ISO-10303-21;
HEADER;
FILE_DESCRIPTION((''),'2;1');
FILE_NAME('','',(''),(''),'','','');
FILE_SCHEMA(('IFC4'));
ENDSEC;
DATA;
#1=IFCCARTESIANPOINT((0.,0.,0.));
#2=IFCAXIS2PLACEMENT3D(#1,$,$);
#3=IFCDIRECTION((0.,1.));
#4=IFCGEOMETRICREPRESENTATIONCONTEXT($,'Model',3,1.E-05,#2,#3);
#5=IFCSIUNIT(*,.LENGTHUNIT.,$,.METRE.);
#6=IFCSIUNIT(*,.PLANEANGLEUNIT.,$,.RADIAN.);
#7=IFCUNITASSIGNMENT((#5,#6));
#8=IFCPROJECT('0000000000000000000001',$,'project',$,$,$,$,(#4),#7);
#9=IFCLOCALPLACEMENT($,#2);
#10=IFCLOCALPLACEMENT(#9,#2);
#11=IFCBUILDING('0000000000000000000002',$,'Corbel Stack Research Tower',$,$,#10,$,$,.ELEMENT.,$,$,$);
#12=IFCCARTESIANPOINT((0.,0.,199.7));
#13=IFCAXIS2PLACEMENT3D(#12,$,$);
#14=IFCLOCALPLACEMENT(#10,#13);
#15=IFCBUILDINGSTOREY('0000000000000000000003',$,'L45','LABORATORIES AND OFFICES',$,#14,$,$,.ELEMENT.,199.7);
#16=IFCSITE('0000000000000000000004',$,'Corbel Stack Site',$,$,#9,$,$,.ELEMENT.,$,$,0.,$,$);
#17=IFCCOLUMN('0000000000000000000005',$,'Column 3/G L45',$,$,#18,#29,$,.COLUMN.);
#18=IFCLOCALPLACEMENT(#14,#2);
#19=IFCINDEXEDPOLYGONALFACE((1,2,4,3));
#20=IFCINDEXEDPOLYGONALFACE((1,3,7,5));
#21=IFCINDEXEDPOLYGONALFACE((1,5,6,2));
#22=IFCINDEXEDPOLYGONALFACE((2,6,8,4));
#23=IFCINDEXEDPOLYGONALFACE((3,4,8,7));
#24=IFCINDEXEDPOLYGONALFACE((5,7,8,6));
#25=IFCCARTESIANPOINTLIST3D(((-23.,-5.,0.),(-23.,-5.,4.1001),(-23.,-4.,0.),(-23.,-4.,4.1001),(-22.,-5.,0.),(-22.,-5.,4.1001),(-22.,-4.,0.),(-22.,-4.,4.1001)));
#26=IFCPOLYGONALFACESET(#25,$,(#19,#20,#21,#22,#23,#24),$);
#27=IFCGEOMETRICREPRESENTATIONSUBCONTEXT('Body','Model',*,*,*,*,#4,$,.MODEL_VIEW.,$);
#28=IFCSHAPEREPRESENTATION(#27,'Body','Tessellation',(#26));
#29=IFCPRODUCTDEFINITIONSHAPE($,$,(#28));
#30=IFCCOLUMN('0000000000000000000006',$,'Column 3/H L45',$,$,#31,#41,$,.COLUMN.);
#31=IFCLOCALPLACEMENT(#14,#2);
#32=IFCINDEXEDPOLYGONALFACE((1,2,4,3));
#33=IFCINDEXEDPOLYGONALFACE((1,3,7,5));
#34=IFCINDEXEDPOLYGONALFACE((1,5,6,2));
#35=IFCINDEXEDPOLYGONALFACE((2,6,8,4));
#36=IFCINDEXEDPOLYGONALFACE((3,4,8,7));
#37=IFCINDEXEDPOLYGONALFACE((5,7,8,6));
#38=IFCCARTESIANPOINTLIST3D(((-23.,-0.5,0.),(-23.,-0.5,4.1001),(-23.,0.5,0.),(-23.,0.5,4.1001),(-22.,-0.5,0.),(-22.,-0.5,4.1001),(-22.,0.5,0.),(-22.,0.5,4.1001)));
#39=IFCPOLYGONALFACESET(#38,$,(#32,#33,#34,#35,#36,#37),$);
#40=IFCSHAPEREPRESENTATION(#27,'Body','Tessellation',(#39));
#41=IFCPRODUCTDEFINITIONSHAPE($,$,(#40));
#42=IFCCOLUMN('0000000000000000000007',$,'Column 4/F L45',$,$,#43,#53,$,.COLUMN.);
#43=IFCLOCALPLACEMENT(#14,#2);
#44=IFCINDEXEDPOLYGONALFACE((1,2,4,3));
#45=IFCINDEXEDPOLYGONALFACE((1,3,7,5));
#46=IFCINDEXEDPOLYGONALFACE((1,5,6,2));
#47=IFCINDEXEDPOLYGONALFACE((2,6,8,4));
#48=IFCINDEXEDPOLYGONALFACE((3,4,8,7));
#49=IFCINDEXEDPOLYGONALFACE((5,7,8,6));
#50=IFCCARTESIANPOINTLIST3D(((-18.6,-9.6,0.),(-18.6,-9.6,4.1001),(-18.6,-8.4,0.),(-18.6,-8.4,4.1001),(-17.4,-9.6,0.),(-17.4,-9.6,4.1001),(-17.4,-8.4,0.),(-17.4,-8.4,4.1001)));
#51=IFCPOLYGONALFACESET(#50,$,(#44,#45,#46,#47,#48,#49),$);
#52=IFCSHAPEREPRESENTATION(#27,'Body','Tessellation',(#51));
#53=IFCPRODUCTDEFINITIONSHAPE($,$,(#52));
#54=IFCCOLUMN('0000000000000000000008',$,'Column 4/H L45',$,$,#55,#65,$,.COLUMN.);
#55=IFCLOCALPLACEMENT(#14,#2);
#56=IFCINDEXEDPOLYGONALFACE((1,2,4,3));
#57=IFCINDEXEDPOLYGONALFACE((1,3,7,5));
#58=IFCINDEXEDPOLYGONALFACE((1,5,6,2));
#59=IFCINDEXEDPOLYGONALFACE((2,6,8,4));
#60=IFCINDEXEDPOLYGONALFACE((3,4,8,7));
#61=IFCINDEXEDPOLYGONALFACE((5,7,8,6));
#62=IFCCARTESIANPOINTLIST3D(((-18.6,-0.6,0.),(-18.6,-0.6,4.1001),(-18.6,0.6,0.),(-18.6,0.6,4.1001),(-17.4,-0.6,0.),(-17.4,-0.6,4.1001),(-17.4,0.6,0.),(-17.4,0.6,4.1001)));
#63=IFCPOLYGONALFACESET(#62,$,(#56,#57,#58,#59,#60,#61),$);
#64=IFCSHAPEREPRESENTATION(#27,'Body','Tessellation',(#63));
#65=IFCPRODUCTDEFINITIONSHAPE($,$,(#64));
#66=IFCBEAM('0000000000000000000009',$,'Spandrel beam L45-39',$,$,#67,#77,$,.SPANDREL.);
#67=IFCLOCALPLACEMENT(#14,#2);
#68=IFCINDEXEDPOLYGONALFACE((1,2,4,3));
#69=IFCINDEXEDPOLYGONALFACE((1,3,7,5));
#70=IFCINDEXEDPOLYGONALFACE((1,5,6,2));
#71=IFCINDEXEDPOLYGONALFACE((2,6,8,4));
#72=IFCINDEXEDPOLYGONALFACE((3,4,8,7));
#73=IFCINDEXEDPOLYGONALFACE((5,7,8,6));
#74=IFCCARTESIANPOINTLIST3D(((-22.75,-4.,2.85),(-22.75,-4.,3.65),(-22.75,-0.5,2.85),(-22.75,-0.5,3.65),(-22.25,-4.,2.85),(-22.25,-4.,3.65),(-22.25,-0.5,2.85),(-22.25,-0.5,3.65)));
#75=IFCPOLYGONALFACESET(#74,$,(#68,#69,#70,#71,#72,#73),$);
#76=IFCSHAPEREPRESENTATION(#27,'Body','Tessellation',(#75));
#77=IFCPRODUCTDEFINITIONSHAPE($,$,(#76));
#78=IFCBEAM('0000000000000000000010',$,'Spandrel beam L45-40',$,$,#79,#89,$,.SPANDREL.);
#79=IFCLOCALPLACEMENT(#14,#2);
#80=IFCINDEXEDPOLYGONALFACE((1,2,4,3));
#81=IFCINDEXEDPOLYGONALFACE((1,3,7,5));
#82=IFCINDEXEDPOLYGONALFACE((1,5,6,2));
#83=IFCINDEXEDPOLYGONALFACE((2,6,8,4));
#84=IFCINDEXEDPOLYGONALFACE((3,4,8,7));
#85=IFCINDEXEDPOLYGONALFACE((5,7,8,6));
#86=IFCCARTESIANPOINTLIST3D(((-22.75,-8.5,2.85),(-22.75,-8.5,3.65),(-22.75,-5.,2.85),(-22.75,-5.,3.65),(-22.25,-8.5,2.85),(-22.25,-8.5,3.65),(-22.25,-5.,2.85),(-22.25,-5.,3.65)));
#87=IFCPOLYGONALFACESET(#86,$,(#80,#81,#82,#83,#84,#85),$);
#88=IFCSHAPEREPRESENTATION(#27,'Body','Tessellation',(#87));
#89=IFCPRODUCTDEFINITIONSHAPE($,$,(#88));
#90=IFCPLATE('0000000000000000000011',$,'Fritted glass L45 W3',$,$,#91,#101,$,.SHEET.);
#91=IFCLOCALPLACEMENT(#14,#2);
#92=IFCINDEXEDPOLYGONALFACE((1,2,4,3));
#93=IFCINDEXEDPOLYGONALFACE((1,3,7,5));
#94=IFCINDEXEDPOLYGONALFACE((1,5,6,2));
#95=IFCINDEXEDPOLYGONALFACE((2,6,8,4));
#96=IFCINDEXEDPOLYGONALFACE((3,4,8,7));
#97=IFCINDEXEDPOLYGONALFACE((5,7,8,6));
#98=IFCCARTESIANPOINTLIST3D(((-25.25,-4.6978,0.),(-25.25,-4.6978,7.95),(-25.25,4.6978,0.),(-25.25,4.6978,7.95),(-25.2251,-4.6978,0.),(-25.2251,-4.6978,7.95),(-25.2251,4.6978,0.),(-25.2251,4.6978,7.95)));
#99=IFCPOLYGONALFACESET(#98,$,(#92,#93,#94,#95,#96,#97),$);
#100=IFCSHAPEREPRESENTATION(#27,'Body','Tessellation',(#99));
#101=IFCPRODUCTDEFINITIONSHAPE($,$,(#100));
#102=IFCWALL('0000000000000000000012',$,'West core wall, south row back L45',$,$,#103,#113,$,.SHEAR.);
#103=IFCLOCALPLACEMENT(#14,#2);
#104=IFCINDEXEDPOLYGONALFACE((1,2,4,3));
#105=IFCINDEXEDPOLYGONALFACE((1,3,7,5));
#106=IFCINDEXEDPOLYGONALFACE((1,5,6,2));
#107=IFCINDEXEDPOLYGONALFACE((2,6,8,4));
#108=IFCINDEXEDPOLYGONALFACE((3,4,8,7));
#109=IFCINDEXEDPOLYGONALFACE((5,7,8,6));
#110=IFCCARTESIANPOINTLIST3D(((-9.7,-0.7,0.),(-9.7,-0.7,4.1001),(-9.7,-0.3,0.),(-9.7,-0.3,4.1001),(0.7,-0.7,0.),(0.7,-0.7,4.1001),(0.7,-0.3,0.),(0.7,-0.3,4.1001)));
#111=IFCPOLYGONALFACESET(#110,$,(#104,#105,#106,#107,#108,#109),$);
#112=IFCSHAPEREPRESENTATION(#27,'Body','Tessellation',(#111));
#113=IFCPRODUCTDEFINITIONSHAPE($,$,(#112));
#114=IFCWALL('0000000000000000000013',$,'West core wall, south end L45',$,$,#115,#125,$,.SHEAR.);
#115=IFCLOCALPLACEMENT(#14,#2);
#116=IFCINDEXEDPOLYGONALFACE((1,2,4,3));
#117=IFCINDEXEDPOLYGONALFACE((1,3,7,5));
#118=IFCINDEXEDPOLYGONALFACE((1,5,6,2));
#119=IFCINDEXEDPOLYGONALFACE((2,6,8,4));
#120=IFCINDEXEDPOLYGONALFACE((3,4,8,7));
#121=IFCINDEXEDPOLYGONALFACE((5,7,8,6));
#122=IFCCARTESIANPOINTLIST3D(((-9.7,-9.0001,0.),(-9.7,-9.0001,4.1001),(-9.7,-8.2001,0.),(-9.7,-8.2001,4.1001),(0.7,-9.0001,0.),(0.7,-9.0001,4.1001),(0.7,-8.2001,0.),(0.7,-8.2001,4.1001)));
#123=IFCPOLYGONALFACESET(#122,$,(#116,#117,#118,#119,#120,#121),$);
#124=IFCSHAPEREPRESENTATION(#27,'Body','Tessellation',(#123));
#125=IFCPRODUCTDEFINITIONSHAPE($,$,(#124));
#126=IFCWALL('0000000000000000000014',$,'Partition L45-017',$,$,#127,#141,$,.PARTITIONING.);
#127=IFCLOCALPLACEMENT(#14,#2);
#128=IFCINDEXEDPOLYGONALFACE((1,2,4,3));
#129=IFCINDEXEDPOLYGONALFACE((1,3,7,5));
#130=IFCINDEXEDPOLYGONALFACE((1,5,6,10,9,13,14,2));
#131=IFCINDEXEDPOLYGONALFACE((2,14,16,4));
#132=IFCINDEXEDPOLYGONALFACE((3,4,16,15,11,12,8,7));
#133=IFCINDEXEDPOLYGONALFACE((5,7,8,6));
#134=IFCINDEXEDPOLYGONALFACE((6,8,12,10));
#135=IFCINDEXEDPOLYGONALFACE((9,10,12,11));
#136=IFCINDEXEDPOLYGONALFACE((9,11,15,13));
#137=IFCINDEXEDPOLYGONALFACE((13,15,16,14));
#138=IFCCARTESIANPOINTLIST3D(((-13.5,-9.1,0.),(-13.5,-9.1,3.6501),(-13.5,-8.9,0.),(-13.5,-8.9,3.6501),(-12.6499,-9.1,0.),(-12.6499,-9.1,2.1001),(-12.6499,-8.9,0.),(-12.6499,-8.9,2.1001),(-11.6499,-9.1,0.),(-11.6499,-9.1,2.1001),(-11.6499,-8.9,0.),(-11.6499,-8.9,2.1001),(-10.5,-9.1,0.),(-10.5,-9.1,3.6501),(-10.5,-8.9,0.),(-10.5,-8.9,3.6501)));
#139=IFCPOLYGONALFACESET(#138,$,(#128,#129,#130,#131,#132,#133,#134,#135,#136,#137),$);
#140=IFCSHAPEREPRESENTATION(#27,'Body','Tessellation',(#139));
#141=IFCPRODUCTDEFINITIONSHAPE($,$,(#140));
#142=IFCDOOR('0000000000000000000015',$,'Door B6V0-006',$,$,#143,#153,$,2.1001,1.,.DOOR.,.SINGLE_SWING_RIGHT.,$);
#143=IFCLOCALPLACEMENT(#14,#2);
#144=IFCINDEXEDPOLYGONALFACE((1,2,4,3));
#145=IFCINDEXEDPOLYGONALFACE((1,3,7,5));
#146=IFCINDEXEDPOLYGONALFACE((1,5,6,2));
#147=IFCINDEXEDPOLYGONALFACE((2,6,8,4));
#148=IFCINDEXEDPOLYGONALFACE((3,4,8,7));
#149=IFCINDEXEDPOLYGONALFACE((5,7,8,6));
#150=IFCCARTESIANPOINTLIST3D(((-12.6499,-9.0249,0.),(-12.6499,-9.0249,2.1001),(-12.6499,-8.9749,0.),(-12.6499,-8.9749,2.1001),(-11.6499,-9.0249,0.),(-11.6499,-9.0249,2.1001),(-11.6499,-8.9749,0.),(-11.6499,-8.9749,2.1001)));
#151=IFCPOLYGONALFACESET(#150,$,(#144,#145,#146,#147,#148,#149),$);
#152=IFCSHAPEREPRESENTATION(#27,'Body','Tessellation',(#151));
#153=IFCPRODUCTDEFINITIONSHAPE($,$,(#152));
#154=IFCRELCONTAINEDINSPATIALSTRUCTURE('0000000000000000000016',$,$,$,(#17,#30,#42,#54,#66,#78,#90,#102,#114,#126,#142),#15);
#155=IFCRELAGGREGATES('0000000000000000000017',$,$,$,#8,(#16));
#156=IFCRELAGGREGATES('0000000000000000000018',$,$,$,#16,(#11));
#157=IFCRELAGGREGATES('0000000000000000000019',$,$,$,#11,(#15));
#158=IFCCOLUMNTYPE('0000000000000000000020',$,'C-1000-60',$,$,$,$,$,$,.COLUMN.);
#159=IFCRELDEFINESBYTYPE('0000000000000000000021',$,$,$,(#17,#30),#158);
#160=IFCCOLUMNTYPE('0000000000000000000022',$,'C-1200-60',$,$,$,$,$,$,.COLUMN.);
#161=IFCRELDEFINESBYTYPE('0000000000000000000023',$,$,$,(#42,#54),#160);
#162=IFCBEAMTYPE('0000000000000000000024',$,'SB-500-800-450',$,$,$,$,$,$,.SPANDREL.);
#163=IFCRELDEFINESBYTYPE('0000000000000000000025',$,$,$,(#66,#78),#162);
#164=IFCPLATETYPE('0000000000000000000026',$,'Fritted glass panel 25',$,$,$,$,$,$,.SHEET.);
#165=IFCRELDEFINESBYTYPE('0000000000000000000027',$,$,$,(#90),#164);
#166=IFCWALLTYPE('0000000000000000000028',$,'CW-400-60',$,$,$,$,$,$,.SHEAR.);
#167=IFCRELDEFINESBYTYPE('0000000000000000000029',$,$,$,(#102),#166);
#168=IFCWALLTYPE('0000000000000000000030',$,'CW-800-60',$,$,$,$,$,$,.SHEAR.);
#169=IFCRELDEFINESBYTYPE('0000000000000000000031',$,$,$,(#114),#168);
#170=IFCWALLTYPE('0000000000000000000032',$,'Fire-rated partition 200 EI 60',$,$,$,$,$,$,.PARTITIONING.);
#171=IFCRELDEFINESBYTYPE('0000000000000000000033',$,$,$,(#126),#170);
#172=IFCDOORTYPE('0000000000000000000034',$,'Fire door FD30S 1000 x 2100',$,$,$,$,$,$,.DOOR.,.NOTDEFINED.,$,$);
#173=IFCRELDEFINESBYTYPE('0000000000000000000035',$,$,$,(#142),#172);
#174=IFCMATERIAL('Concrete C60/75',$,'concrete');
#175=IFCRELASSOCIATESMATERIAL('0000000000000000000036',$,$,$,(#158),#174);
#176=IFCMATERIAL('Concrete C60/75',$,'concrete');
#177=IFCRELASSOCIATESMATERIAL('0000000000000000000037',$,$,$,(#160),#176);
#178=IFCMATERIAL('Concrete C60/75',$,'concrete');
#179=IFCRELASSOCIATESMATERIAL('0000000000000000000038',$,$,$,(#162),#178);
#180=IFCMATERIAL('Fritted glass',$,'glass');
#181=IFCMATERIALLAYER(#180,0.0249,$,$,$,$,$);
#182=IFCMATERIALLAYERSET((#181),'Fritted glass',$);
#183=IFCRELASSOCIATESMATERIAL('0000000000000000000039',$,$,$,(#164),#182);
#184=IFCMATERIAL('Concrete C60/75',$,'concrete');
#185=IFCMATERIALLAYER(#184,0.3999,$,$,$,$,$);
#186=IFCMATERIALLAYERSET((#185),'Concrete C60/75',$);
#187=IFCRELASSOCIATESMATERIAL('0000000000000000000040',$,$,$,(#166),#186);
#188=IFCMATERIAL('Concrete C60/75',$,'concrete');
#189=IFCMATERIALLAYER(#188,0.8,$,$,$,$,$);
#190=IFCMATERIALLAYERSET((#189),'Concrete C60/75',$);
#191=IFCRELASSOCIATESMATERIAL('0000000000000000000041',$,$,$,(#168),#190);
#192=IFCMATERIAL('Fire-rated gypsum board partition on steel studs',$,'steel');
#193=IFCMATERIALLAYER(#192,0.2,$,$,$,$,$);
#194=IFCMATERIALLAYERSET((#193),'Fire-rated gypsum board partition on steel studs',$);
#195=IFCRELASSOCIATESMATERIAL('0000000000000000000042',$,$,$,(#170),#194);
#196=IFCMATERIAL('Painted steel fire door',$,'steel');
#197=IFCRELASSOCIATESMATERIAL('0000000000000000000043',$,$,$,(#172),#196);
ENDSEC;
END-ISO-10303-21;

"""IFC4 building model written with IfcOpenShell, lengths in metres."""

from ifc_helpers import new_model, si_unit, direction, frame, frame_2d, origin, origin_2d, place, context, subcontext, project, spatial, rectangle, extrude, material, layer, layer_set, material_profile, profile_set, type_object, element, fill, save


model = new_model("IFC4")

# Units and contexts
model_context = context("Model", 3, precision=1e-05, world=origin(), true_north=direction((0.0, 1.0)))
body_context = subcontext(model_context, "Body", "Model", "MODEL_VIEW")
ifc_project = project(units=[si_unit("LENGTHUNIT", "METRE"), si_unit("PLANEANGLEUNIT", "RADIAN")], contexts=[model_context])

# Site, building, storey
site_placement = place(None, origin())
site = spatial("IfcSite", under=ifc_project, at=site_placement, Name="Corbel Stack Site", CompositionType="ELEMENT", RefElevation=0.0)
building_placement = place(site_placement, origin())
building = spatial("IfcBuilding", under=site, at=building_placement, Name="Corbel Stack Research Tower", CompositionType="ELEMENT")
storey_placement = place(building_placement, frame((0.0, 0.0, 199.7)))
storey = spatial("IfcBuildingStorey", under=building, at=storey_placement, Name="L45", Description="LABORATORIES AND OFFICES", CompositionType="ELEMENT", Elevation=199.7)

# Columns
ifc_material_1 = material(Name="Concrete C60/75", Category="concrete")
ifc_material_profile_1 = material_profile(ifc_material_1, rectangle(XDim=1.0, YDim=1.0, at=origin_2d()), Name="RC 1000 x 1000")
ifc_profile_set_1 = profile_set([ifc_material_profile_1], Name="Concrete C60/75")
column_type_1 = type_object("IfcColumnType", Name="C-1000-60", PredefinedType="COLUMN", material=ifc_profile_set_1)
for number, where, z_axis, x_axis, name in (
    (1, (-22.5, -4.5, 0.0), (0.0, 0.0, 1.0), (1.0, 0.0, 0.0), "Column 3/G L45"),
    (2, (-22.5, 0.0, 0.0), (0.0, 0.0, 1.0), (1.0, 0.0, 0.0), "Column 3/H L45"),
):
    element("IfcColumn", number, at=place(storey_placement, frame(where, z_axis=z_axis, x_axis=x_axis)), inside=storey, type_object=column_type_1, Name=name, PredefinedType="COLUMN", context=body_context, shape_type="SweptSolid", body=[
        extrude(rectangle(XDim=1.0, YDim=1.0, at=origin_2d()), origin(), (0.0, 0.0, 1.0), 4.1001),
    ])
ifc_material_2 = material(Name="Concrete C60/75", Category="concrete")
ifc_material_profile_2 = material_profile(ifc_material_2, rectangle(XDim=1.2, YDim=1.2, at=origin_2d()), Name="RC 1200 x 1200")
ifc_profile_set_2 = profile_set([ifc_material_profile_2], Name="Concrete C60/75")
column_type_2 = type_object("IfcColumnType", Name="C-1200-60", PredefinedType="COLUMN", material=ifc_profile_set_2)
for number, where, z_axis, x_axis, name in (
    (3, (-18.0, -9.0, 0.0), (0.0, 0.0, 1.0), (1.0, 0.0, 0.0), "Column 4/F L45"),
    (4, (-18.0, 0.0, 0.0), (0.0, 0.0, 1.0), (1.0, 0.0, 0.0), "Column 4/H L45"),
):
    element("IfcColumn", number, at=place(storey_placement, frame(where, z_axis=z_axis, x_axis=x_axis)), inside=storey, type_object=column_type_2, Name=name, PredefinedType="COLUMN", context=body_context, shape_type="SweptSolid", body=[
        extrude(rectangle(XDim=1.2, YDim=1.2, at=origin_2d()), origin(), (0.0, 0.0, 1.0), 4.1001),
    ])

# Beams
ifc_material_3 = material(Name="Concrete C60/75", Category="concrete")
ifc_material_profile_3 = material_profile(ifc_material_3, rectangle(XDim=0.5, YDim=0.8, at=origin_2d()), Name="RC 500 x 800")
ifc_profile_set_3 = profile_set([ifc_material_profile_3], Name="Concrete C60/75")
beam_type = type_object("IfcBeamType", Name="SB-500-800-450", PredefinedType="SPANDREL", material=ifc_profile_set_3)
for number, where, z_axis, x_axis, name in (
    (5, (-22.5, -0.5, 3.25), (0.0, -1.0, 0.0), (1.0, 0.0, 0.0), "Spandrel beam L45-39"),
    (6, (-22.5, -5.0, 3.25), (0.0, -1.0, 0.0), (1.0, 0.0, 0.0), "Spandrel beam L45-40"),
):
    element("IfcBeam", number, at=place(storey_placement, frame(where, z_axis=z_axis, x_axis=x_axis)), inside=storey, type_object=beam_type, Name=name, PredefinedType="SPANDREL", context=body_context, shape_type="SweptSolid", body=[
        extrude(rectangle(XDim=0.5, YDim=0.8, at=origin_2d()), origin(), (0.0, 0.0, 1.0), 3.5),
    ])

# Plate
ifc_material_4 = material(Name="Fritted glass", Category="glass")
ifc_layer_1 = layer(ifc_material_4, 0.0249)
ifc_layer_set_1 = layer_set([ifc_layer_1], Name="Fritted glass")
plate_type = type_object("IfcPlateType", Name="Fritted glass panel 25", PredefinedType="SHEET", material=ifc_layer_set_1)
plate_placement = place(storey_placement, frame((-25.2375, 0.0, 0.0), z_axis=(0.0, 0.0, 1.0), x_axis=(0.0, -1.0, 0.0)))
element("IfcPlate", 7, at=plate_placement, inside=storey, type_object=plate_type, Name="Fritted glass L45 W3", PredefinedType="SHEET", context=body_context, shape_type="SweptSolid", body=[
    extrude(rectangle(XDim=9.3955, YDim=0.0249, at=origin_2d()), origin(), (0.0, 0.0, 1.0), 7.95),
])

# Wall
ifc_material_5 = material(Name="Concrete C60/75", Category="concrete")
ifc_layer_2 = layer(ifc_material_5, 0.3999)
ifc_layer_set_2 = layer_set([ifc_layer_2], Name="Concrete C60/75")
wall_type_1 = type_object("IfcWallType", Name="CW-400-60", PredefinedType="SHEAR", material=ifc_layer_set_2)
wall_1_placement = place(storey_placement, frame((-9.7, -0.5, 0.0), z_axis=(0.0, 0.0, 1.0), x_axis=(1.0, 0.0, 0.0)))
element("IfcWall", 8, at=wall_1_placement, inside=storey, type_object=wall_type_1, Name="West core wall, south row back L45", PredefinedType="SHEAR", context=body_context, shape_type="SweptSolid", body=[
    extrude(rectangle(XDim=10.3999, YDim=0.3999, at=frame_2d((5.2, 0.0))), origin(), (0.0, 0.0, 1.0), 4.1001),
])

# Shared definitions
ifc_material_6 = material(Name="Concrete C60/75", Category="concrete")
ifc_layer_3 = layer(ifc_material_6, 0.8)
ifc_layer_set_3 = layer_set([ifc_layer_3], Name="Concrete C60/75")
wall_type_2 = type_object("IfcWallType", Name="CW-800-60", PredefinedType="SHEAR", material=ifc_layer_set_3)

# Wall
wall_2_placement = place(storey_placement, frame((-9.7, -8.6001, 0.0), z_axis=(0.0, 0.0, 1.0), x_axis=(1.0, 0.0, 0.0)))
element("IfcWall", 9, at=wall_2_placement, inside=storey, type_object=wall_type_2, Name="West core wall, south end L45", PredefinedType="SHEAR", context=body_context, shape_type="SweptSolid", body=[
    extrude(rectangle(XDim=10.3999, YDim=0.8, at=frame_2d((5.2, 0.0))), origin(), (0.0, 0.0, 1.0), 4.1001),
])

# Wall, opening, door
ifc_material_7 = material(Name="Fire-rated gypsum board partition on steel studs", Category="steel")
ifc_layer_4 = layer(ifc_material_7, 0.2)
ifc_layer_set_4 = layer_set([ifc_layer_4], Name="Fire-rated gypsum board partition on steel studs")
wall_type_3 = type_object("IfcWallType", Name="Fire-rated partition 200 EI 60", PredefinedType="PARTITIONING", material=ifc_layer_set_4)
wall_3_placement = place(storey_placement, frame((-10.5, -9.0, 0.0), z_axis=(0.0, 0.0, 1.0), x_axis=(-1.0, 0.0, 0.0)))
wall_3 = element("IfcWall", 10, at=wall_3_placement, inside=storey, type_object=wall_type_3, Name="Partition L45-017", PredefinedType="PARTITIONING", context=body_context, shape_type="SweptSolid", body=[
    extrude(rectangle(XDim=3.0, YDim=0.2, at=frame_2d((1.5, 0.0))), origin(), (0.0, 0.0, 1.0), 3.6501),
])
opening_1_placement = place(wall_3_placement, frame((1.1499, 0.0, 0.0)))
opening_1 = element("IfcOpeningElement", 11, at=opening_1_placement, cuts=wall_3, PredefinedType="OPENING", context=body_context, shape_type="SweptSolid", body=[
    extrude(rectangle(XDim=1.0, YDim=2.1001, at=frame_2d((0.5, 1.05))), frame((0.0, 0.1099, 0.0), z_axis=(0.0, -1.0, 0.0), x_axis=(1.0, 0.0, 0.0)), (0.0, 0.0, 1.0), 0.22),
])
ifc_material_8 = material(Name="Painted steel fire door", Category="steel")
door_type_1 = type_object("IfcDoorType", Name="Fire door FD30S 1000 x 2100", OperationType="NOTDEFINED", PredefinedType="DOOR", material=ifc_material_8)
door_1_placement = place(opening_1_placement, origin())
door_1 = element("IfcDoor", 12, at=door_1_placement, inside=storey, type_object=door_type_1, Name="Door B6V0-006", OperationType="SINGLE_SWING_RIGHT", OverallHeight=2.1001, OverallWidth=1.0, PredefinedType="DOOR", context=body_context, shape_type="SweptSolid", body=[
    extrude(rectangle(XDim=1.0, YDim=2.1001, at=frame_2d((0.5, 1.05))), frame((0.0, 0.0249, 0.0), z_axis=(0.0, -1.0, 0.0), x_axis=(1.0, 0.0, 0.0)), (0.0, 0.0, 1.0), 0.05),
])
fill(opening_1, door_1)

save(model, "model.ifc")
